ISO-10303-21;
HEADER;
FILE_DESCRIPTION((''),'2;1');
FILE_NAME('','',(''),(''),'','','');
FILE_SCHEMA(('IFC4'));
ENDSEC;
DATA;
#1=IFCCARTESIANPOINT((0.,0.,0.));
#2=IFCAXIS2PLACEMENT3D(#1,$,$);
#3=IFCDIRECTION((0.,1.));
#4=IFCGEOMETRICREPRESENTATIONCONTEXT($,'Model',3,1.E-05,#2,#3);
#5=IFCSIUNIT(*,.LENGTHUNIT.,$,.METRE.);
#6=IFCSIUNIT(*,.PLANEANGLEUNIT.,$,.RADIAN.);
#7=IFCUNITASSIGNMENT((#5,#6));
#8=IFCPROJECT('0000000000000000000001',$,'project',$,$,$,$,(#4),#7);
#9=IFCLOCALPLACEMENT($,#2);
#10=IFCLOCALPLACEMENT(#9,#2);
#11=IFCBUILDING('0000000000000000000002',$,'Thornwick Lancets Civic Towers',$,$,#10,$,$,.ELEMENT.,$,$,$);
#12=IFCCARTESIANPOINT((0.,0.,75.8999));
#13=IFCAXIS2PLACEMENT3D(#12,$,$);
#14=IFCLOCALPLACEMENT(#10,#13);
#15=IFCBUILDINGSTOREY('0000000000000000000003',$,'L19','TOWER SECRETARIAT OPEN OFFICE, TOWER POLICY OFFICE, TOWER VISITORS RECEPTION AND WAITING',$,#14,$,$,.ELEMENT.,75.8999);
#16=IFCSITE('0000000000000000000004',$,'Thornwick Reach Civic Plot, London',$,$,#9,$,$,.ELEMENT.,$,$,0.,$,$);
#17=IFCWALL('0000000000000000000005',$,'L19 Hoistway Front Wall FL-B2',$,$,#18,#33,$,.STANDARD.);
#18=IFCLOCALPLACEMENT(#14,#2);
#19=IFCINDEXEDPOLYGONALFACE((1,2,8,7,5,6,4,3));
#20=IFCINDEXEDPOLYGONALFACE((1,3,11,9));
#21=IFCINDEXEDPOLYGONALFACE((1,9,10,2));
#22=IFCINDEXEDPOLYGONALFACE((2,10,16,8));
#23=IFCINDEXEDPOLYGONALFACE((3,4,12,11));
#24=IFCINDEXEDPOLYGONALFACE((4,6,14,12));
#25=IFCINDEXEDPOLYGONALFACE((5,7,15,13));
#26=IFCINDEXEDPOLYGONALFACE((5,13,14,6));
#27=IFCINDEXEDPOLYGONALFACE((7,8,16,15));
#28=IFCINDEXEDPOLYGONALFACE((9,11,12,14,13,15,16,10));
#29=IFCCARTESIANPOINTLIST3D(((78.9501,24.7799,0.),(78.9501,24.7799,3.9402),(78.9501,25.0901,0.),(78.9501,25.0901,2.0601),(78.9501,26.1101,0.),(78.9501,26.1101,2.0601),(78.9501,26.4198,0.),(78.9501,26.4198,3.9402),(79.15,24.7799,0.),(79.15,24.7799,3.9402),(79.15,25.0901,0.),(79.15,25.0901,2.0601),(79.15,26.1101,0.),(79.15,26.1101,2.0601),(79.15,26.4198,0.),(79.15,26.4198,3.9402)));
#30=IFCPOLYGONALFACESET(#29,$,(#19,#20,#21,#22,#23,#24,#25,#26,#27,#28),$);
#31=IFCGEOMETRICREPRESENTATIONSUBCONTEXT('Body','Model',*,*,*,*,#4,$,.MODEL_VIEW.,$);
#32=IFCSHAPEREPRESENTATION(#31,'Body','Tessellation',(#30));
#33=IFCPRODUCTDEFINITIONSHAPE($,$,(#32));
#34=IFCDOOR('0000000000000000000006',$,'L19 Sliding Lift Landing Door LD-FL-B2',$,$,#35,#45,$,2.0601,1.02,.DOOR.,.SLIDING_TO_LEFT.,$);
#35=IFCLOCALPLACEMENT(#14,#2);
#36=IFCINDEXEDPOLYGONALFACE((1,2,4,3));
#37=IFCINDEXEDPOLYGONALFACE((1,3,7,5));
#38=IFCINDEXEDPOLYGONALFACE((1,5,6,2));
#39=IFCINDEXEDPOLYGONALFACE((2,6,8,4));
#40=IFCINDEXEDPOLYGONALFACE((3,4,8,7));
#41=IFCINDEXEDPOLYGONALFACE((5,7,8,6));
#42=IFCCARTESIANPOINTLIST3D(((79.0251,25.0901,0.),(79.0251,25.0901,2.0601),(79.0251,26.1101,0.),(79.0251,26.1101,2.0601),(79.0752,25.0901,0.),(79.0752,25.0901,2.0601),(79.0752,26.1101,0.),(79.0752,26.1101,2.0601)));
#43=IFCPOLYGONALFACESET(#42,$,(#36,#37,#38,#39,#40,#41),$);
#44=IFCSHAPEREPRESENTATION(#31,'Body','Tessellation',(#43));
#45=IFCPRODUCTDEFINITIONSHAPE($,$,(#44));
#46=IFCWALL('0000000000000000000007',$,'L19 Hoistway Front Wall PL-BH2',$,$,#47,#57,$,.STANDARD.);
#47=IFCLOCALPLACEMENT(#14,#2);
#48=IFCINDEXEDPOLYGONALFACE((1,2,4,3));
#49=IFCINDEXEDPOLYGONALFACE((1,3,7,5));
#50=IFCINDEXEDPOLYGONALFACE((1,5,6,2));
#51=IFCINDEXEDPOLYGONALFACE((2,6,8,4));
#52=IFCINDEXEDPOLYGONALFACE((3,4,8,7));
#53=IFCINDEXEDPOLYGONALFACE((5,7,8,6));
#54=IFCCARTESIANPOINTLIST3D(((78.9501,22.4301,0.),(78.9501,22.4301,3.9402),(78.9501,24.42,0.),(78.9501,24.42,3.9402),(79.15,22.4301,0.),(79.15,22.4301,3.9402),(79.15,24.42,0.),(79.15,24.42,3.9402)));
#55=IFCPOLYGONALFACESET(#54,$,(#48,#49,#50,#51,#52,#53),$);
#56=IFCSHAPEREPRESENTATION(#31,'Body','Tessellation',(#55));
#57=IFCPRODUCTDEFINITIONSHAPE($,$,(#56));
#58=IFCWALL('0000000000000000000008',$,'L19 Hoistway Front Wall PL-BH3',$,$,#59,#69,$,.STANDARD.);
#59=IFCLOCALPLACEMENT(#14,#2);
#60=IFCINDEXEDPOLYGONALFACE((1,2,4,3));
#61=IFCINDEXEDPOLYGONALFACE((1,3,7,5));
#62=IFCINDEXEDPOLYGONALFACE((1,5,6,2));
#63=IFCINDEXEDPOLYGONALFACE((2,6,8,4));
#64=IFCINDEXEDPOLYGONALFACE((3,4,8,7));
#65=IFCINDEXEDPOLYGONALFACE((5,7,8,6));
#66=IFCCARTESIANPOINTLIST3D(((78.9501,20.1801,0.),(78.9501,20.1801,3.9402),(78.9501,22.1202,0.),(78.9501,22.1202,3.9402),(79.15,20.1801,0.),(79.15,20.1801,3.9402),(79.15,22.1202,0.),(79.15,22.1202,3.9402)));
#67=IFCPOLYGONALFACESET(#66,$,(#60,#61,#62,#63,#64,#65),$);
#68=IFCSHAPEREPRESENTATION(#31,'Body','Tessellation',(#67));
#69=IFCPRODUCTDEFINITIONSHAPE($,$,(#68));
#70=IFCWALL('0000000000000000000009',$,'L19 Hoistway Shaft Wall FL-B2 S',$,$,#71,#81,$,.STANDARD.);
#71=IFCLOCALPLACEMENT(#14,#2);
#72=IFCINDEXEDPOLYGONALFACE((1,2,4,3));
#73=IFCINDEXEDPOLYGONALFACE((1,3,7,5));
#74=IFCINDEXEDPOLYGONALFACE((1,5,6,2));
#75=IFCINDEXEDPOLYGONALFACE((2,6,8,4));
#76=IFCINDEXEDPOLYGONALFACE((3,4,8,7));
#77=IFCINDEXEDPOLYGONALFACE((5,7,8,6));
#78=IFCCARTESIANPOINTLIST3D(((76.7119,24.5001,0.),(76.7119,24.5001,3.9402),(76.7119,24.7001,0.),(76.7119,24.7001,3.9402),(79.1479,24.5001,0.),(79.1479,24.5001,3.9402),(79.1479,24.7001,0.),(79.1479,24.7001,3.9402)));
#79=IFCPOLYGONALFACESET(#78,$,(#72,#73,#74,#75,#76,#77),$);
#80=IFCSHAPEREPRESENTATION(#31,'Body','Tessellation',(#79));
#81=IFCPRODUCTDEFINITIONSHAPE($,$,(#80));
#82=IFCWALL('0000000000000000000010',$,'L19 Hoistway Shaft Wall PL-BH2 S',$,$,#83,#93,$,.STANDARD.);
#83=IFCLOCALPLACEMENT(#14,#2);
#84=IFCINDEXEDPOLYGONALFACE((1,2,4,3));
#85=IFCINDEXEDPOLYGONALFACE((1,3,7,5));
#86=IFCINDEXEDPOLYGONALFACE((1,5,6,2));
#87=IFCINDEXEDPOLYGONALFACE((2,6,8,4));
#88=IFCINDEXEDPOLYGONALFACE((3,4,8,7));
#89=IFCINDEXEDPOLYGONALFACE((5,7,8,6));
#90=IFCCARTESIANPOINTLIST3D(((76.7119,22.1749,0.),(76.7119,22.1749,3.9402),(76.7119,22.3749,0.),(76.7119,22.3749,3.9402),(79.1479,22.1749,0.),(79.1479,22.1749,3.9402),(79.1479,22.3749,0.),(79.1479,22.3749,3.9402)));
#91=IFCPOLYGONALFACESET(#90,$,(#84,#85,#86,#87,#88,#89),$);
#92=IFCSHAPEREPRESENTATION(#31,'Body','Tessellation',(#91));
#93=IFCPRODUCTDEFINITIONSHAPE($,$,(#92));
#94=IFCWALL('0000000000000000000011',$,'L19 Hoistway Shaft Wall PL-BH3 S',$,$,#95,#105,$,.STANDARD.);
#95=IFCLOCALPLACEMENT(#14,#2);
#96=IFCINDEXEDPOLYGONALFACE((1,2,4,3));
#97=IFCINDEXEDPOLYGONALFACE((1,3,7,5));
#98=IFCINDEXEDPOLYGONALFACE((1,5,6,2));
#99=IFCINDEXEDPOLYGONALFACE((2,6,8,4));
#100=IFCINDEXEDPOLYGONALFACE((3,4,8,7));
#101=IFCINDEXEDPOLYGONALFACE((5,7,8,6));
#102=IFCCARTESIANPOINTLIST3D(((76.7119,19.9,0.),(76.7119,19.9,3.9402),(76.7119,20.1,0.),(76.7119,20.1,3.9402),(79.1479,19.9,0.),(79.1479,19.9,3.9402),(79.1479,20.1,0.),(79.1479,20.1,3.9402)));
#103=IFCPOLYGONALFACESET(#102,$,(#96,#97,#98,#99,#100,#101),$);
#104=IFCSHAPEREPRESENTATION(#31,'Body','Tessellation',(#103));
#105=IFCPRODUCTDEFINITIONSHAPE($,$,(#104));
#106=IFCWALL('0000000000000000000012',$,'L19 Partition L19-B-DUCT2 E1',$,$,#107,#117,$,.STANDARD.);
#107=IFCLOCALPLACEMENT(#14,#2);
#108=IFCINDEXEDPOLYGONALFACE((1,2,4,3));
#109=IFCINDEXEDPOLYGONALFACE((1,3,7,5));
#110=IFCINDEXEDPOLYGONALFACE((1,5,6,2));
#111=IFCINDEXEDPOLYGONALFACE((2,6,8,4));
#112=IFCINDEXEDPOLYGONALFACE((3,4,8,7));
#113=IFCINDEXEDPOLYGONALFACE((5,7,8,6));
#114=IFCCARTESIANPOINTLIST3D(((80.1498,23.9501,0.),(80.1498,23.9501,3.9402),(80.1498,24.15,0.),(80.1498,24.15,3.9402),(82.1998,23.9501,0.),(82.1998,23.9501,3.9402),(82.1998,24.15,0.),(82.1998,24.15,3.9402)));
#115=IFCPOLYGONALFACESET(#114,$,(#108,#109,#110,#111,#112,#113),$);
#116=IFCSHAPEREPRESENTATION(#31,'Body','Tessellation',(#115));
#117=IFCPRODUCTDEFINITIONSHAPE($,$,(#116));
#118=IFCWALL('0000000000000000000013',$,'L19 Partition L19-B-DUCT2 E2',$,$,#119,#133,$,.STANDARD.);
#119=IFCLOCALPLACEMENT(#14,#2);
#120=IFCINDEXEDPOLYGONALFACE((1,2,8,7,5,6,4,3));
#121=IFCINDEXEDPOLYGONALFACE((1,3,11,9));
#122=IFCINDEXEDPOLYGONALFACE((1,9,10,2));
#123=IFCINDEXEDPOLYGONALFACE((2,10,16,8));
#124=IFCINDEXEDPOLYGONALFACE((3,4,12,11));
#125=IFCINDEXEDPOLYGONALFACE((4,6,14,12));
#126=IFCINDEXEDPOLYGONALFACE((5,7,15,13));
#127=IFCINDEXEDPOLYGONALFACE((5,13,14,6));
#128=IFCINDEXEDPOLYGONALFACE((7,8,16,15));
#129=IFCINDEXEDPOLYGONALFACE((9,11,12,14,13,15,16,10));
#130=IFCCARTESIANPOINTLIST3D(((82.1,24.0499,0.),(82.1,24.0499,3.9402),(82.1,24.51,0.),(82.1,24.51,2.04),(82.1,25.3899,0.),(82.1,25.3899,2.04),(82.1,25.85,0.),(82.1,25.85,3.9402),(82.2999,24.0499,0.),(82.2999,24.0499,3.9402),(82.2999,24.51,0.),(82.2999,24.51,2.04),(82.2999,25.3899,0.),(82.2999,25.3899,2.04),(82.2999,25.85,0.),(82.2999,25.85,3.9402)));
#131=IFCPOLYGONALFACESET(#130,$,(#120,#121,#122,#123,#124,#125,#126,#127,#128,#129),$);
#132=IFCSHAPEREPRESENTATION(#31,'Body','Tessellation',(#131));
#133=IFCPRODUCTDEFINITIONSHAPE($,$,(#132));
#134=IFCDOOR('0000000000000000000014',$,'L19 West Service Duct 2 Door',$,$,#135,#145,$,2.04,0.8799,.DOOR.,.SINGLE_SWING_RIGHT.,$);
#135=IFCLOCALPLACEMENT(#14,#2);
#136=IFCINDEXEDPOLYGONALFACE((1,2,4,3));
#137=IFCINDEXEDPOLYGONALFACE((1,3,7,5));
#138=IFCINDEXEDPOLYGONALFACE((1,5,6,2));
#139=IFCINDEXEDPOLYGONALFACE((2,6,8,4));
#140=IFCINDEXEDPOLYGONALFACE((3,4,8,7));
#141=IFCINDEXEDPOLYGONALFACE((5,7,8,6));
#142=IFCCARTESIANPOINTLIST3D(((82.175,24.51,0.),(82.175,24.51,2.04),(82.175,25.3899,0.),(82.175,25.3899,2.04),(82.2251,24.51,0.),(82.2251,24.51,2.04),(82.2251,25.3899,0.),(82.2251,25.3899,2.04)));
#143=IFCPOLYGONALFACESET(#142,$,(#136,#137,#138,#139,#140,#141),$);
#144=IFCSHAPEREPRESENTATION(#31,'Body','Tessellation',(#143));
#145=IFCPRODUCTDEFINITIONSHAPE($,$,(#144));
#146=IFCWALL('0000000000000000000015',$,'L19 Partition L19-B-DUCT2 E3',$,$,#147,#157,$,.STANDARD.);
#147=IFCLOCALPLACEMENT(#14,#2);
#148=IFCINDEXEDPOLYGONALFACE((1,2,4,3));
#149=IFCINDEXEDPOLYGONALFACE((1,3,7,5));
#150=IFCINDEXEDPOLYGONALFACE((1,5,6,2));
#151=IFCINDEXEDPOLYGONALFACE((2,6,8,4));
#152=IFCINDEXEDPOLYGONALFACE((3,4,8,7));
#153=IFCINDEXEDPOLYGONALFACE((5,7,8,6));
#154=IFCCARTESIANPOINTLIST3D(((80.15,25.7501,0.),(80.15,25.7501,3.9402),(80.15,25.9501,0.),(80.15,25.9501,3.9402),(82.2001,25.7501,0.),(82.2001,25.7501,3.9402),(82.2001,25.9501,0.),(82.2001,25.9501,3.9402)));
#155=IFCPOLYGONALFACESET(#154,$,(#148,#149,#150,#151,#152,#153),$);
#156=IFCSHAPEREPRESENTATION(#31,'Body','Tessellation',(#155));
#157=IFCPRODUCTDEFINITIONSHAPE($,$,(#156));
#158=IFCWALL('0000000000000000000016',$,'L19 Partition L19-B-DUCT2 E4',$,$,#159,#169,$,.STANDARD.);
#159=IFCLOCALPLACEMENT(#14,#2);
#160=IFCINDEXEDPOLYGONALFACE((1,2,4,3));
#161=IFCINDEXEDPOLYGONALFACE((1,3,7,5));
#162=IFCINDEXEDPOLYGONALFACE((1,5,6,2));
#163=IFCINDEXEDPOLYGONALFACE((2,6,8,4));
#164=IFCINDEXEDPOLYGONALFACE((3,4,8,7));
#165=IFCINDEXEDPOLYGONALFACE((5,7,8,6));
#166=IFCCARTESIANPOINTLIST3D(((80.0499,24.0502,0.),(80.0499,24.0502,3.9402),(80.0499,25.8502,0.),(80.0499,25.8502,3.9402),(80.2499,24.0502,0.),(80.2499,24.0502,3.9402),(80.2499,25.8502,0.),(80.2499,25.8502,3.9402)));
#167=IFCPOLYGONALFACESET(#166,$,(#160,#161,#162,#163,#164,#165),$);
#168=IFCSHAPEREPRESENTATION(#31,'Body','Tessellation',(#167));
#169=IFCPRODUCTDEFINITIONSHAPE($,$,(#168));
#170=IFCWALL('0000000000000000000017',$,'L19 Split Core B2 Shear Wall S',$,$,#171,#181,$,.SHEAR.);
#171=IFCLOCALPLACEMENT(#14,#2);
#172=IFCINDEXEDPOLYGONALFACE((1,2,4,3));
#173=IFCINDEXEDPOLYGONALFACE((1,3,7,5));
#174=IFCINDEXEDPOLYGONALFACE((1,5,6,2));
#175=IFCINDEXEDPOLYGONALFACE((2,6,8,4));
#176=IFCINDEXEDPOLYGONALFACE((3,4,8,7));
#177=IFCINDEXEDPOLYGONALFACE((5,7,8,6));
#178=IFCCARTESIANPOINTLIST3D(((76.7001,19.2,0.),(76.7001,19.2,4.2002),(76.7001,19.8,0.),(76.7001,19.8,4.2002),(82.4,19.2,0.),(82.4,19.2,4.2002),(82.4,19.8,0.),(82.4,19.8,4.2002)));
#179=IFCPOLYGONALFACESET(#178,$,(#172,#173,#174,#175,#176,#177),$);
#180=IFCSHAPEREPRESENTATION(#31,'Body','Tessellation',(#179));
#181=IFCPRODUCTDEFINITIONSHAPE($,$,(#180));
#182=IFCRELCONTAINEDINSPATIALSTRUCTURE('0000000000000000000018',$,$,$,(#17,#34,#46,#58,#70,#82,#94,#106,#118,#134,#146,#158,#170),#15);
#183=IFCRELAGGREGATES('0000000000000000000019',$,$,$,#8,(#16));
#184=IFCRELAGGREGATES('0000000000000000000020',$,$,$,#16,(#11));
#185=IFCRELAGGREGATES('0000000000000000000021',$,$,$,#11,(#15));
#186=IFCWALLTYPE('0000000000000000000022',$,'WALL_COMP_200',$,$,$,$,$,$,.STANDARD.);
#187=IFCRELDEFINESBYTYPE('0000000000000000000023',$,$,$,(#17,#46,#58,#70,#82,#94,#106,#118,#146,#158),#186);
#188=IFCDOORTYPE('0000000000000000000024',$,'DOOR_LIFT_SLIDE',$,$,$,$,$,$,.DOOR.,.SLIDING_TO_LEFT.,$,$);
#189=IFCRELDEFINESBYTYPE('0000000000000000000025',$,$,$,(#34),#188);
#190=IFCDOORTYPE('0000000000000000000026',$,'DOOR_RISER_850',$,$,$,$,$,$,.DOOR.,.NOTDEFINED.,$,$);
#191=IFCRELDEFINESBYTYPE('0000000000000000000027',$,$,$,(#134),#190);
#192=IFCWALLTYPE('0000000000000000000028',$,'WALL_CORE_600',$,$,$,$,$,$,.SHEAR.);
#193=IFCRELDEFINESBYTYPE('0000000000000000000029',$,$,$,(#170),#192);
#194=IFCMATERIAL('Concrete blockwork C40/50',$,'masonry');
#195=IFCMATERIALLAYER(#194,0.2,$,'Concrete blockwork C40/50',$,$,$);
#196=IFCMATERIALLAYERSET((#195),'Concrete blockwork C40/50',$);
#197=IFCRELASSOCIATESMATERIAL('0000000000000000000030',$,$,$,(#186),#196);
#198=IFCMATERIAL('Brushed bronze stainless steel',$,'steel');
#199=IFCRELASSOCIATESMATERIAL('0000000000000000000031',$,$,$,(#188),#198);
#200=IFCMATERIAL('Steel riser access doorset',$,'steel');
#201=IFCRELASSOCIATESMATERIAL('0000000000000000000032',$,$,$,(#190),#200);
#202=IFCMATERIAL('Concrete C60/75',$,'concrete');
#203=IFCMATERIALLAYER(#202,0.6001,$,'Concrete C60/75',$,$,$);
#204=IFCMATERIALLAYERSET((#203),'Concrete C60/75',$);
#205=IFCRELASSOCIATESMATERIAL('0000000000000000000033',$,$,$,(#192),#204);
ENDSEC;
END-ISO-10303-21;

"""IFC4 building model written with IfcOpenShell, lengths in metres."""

from ifc_helpers import new_model, si_unit, direction, frame, frame_2d, origin, place, context, subcontext, project, spatial, rectangle, extrude, material, layer, layer_set, type_object, element, fill, save


model = new_model("IFC4")

# Units and contexts
model_context = context("Model", 3, precision=1e-05, world=origin(), true_north=direction((0.0, 1.0)))
body_context = subcontext(model_context, "Body", "Model", "MODEL_VIEW")
ifc_project = project(units=[si_unit("LENGTHUNIT", "METRE"), si_unit("PLANEANGLEUNIT", "RADIAN")], contexts=[model_context])

# Site, building, storey
site_placement = place(None, origin())
site = spatial("IfcSite", under=ifc_project, at=site_placement, Name="Thornwick Reach Civic Plot, London", CompositionType="ELEMENT", RefElevation=0.0)
building_placement = place(site_placement, origin())
building = spatial("IfcBuilding", under=site, at=building_placement, Name="Thornwick Lancets Civic Towers", CompositionType="ELEMENT")
storey_placement = place(building_placement, frame((0.0, 0.0, 75.8999)))
storey = spatial("IfcBuildingStorey", under=building, at=storey_placement, Name="L19", Description="TOWER SECRETARIAT OPEN OFFICE, TOWER POLICY OFFICE, TOWER VISITORS RECEPTION AND WAITING", CompositionType="ELEMENT", Elevation=75.8999)

# Wall, opening, door
ifc_material_1 = material(Name="Concrete blockwork C40/50", Category="masonry")
ifc_layer_1 = layer(ifc_material_1, 0.2, Name="Concrete blockwork C40/50")
ifc_layer_set_1 = layer_set([ifc_layer_1], Name="Concrete blockwork C40/50")
wall_type_1 = type_object("IfcWallType", Name="WALL_COMP_200", PredefinedType="STANDARD", material=ifc_layer_set_1)
wall_1_placement = place(storey_placement, frame((79.05, 24.78, 0.0), z_axis=(0.0, 0.0, 1.0), x_axis=(0.0, 1.0, 0.0)))
wall_1 = element("IfcWall", 1, at=wall_1_placement, inside=storey, type_object=wall_type_1, Name="L19 Hoistway Front Wall FL-B2", PredefinedType="STANDARD", context=body_context, shape_type="SweptSolid", body=[
    extrude(rectangle(XDim=1.6399, YDim=0.2, at=frame_2d((0.8198, 0.0))), origin(), (0.0, 0.0, 1.0), 3.9402),
])
opening_1_placement = place(wall_1_placement, frame((0.3101, 0.0, 0.0)))
opening_1 = element("IfcOpeningElement", 2, at=opening_1_placement, cuts=wall_1, PredefinedType="OPENING", context=body_context, shape_type="SweptSolid", body=[
    extrude(rectangle(XDim=1.02, YDim=2.0601, at=frame_2d((0.51, 1.03))), frame((0.0, 0.1099, 0.0), z_axis=(0.0, -1.0, 0.0), x_axis=(1.0, 0.0, 0.0)), (0.0, 0.0, 1.0), 0.22),
])
ifc_material_2 = material(Name="Brushed bronze stainless steel", Category="steel")
door_type_1 = type_object("IfcDoorType", Name="DOOR_LIFT_SLIDE", OperationType="SLIDING_TO_LEFT", PredefinedType="DOOR", material=ifc_material_2)
door_1_placement = place(opening_1_placement, origin())
door_1 = element("IfcDoor", 3, at=door_1_placement, inside=storey, type_object=door_type_1, Name="L19 Sliding Lift Landing Door LD-FL-B2", OperationType="SLIDING_TO_LEFT", OverallHeight=2.0601, OverallWidth=1.02, PredefinedType="DOOR", context=body_context, shape_type="SweptSolid", body=[
    extrude(rectangle(XDim=1.02, YDim=2.0601, at=frame_2d((0.51, 1.03))), frame((0.0, 0.0249, 0.0), z_axis=(0.0, -1.0, 0.0), x_axis=(1.0, 0.0, 0.0)), (0.0, 0.0, 1.0), 0.05),
])
fill(opening_1, door_1)

# Walls
wall_2_placement = place(storey_placement, frame((79.05, 22.4299, 0.0), z_axis=(0.0, 0.0, 1.0), x_axis=(0.0, 1.0, 0.0)))
element("IfcWall", 4, at=wall_2_placement, inside=storey, type_object=wall_type_1, Name="L19 Hoistway Front Wall PL-BH2", PredefinedType="STANDARD", context=body_context, shape_type="SweptSolid", body=[
    extrude(rectangle(XDim=1.99, YDim=0.2, at=frame_2d((0.9951, 0.0))), origin(), (0.0, 0.0, 1.0), 3.9402),
])
wall_3_placement = place(storey_placement, frame((79.05, 20.1799, 0.0), z_axis=(0.0, 0.0, 1.0), x_axis=(0.0, 1.0, 0.0)))
element("IfcWall", 5, at=wall_3_placement, inside=storey, type_object=wall_type_1, Name="L19 Hoistway Front Wall PL-BH3", PredefinedType="STANDARD", context=body_context, shape_type="SweptSolid", body=[
    extrude(rectangle(XDim=1.9402, YDim=0.2, at=frame_2d((0.9702, 0.0))), origin(), (0.0, 0.0, 1.0), 3.9402),
])
for number, where, z_axis, x_axis, name in (
    (6, (76.7119, 24.6001, 0.0), (0.0, 0.0, 1.0), (1.0, 0.0, 0.0), "L19 Hoistway Shaft Wall FL-B2 S"),
    (7, (76.7119, 22.2749, 0.0), (0.0, 0.0, 1.0), (1.0, 0.0, 0.0), "L19 Hoistway Shaft Wall PL-BH2 S"),
    (8, (76.7119, 20.0, 0.0), (0.0, 0.0, 1.0), (1.0, 0.0, 0.0), "L19 Hoistway Shaft Wall PL-BH3 S"),
):
    element("IfcWall", number, at=place(storey_placement, frame(where, z_axis=z_axis, x_axis=x_axis)), inside=storey, type_object=wall_type_1, Name=name, PredefinedType="STANDARD", context=body_context, shape_type="SweptSolid", body=[
        extrude(rectangle(XDim=2.436, YDim=0.2, at=frame_2d((1.218, 0.0))), origin(), (0.0, 0.0, 1.0), 3.9402),
    ])
wall_4_placement = place(storey_placement, frame((80.1499, 24.05, 0.0), z_axis=(0.0, 0.0, 1.0), x_axis=(1.0, 0.0, 0.0)))
element("IfcWall", 9, at=wall_4_placement, inside=storey, type_object=wall_type_1, Name="L19 Partition L19-B-DUCT2 E1", PredefinedType="STANDARD", context=body_context, shape_type="SweptSolid", body=[
    extrude(rectangle(XDim=2.05, YDim=0.2, at=frame_2d((1.0249, 0.0))), origin(), (0.0, 0.0, 1.0), 3.9402),
])

# Wall, opening, door
wall_5_placement = place(storey_placement, frame((82.2, 24.05, 0.0), z_axis=(0.0, 0.0, 1.0), x_axis=(0.0, 1.0, 0.0)))
wall_5 = element("IfcWall", 10, at=wall_5_placement, inside=storey, type_object=wall_type_1, Name="L19 Partition L19-B-DUCT2 E2", PredefinedType="STANDARD", context=body_context, shape_type="SweptSolid", body=[
    extrude(rectangle(XDim=1.8, YDim=0.2, at=frame_2d((0.8999, 0.0))), origin(), (0.0, 0.0, 1.0), 3.9402),
])
opening_2_placement = place(wall_5_placement, frame((0.46, 0.0, 0.0)))
opening_2 = element("IfcOpeningElement", 11, at=opening_2_placement, cuts=wall_5, PredefinedType="OPENING", context=body_context, shape_type="SweptSolid", body=[
    extrude(rectangle(XDim=0.8799, YDim=2.04, at=frame_2d((0.4399, 1.02))), frame((0.0, 0.1099, 0.0), z_axis=(0.0, -1.0, 0.0), x_axis=(1.0, 0.0, 0.0)), (0.0, 0.0, 1.0), 0.22),
])
ifc_material_3 = material(Name="Steel riser access doorset", Category="steel")
door_type_2 = type_object("IfcDoorType", Name="DOOR_RISER_850", OperationType="NOTDEFINED", PredefinedType="DOOR", material=ifc_material_3)
door_2_placement = place(opening_2_placement, origin())
door_2 = element("IfcDoor", 12, at=door_2_placement, inside=storey, type_object=door_type_2, Name="L19 West Service Duct 2 Door", OperationType="SINGLE_SWING_RIGHT", OverallHeight=2.04, OverallWidth=0.8799, PredefinedType="DOOR", context=body_context, shape_type="SweptSolid", body=[
    extrude(rectangle(XDim=0.8799, YDim=2.04, at=frame_2d((0.4399, 1.02))), frame((0.0, 0.0249, 0.0), z_axis=(0.0, -1.0, 0.0), x_axis=(1.0, 0.0, 0.0)), (0.0, 0.0, 1.0), 0.05),
])
fill(opening_2, door_2)

# Walls
wall_6_placement = place(storey_placement, frame((82.2, 25.8501, 0.0), z_axis=(0.0, 0.0, 1.0), x_axis=(-1.0, 0.0, 0.0)))
element("IfcWall", 13, at=wall_6_placement, inside=storey, type_object=wall_type_1, Name="L19 Partition L19-B-DUCT2 E3", PredefinedType="STANDARD", context=body_context, shape_type="SweptSolid", body=[
    extrude(rectangle(XDim=2.05, YDim=0.2, at=frame_2d((1.0249, 0.0))), origin(), (0.0, 0.0, 1.0), 3.9402),
])
wall_7_placement = place(storey_placement, frame((80.1499, 25.8501, 0.0), z_axis=(0.0, 0.0, 1.0), x_axis=(0.0, -1.0, 0.0)))
element("IfcWall", 14, at=wall_7_placement, inside=storey, type_object=wall_type_1, Name="L19 Partition L19-B-DUCT2 E4", PredefinedType="STANDARD", context=body_context, shape_type="SweptSolid", body=[
    extrude(rectangle(XDim=1.8, YDim=0.2, at=frame_2d((0.8999, 0.0))), origin(), (0.0, 0.0, 1.0), 3.9402),
])
ifc_material_4 = material(Name="Concrete C60/75", Category="concrete")
ifc_layer_2 = layer(ifc_material_4, 0.6001, Name="Concrete C60/75")
ifc_layer_set_2 = layer_set([ifc_layer_2], Name="Concrete C60/75")
wall_type_2 = type_object("IfcWallType", Name="WALL_CORE_600", PredefinedType="SHEAR", material=ifc_layer_set_2)
wall_8_placement = place(storey_placement, frame((76.7, 19.5, 0.0), z_axis=(0.0, 0.0, 1.0), x_axis=(1.0, 0.0, 0.0)))
element("IfcWall", 15, at=wall_8_placement, inside=storey, type_object=wall_type_2, Name="L19 Split Core B2 Shear Wall S", PredefinedType="SHEAR", context=body_context, shape_type="SweptSolid", body=[
    extrude(rectangle(XDim=5.7, YDim=0.6001, at=frame_2d((2.8501, 0.0))), origin(), (0.0, 0.0, 1.0), 4.2002),
])

save(model, "model.ifc")
